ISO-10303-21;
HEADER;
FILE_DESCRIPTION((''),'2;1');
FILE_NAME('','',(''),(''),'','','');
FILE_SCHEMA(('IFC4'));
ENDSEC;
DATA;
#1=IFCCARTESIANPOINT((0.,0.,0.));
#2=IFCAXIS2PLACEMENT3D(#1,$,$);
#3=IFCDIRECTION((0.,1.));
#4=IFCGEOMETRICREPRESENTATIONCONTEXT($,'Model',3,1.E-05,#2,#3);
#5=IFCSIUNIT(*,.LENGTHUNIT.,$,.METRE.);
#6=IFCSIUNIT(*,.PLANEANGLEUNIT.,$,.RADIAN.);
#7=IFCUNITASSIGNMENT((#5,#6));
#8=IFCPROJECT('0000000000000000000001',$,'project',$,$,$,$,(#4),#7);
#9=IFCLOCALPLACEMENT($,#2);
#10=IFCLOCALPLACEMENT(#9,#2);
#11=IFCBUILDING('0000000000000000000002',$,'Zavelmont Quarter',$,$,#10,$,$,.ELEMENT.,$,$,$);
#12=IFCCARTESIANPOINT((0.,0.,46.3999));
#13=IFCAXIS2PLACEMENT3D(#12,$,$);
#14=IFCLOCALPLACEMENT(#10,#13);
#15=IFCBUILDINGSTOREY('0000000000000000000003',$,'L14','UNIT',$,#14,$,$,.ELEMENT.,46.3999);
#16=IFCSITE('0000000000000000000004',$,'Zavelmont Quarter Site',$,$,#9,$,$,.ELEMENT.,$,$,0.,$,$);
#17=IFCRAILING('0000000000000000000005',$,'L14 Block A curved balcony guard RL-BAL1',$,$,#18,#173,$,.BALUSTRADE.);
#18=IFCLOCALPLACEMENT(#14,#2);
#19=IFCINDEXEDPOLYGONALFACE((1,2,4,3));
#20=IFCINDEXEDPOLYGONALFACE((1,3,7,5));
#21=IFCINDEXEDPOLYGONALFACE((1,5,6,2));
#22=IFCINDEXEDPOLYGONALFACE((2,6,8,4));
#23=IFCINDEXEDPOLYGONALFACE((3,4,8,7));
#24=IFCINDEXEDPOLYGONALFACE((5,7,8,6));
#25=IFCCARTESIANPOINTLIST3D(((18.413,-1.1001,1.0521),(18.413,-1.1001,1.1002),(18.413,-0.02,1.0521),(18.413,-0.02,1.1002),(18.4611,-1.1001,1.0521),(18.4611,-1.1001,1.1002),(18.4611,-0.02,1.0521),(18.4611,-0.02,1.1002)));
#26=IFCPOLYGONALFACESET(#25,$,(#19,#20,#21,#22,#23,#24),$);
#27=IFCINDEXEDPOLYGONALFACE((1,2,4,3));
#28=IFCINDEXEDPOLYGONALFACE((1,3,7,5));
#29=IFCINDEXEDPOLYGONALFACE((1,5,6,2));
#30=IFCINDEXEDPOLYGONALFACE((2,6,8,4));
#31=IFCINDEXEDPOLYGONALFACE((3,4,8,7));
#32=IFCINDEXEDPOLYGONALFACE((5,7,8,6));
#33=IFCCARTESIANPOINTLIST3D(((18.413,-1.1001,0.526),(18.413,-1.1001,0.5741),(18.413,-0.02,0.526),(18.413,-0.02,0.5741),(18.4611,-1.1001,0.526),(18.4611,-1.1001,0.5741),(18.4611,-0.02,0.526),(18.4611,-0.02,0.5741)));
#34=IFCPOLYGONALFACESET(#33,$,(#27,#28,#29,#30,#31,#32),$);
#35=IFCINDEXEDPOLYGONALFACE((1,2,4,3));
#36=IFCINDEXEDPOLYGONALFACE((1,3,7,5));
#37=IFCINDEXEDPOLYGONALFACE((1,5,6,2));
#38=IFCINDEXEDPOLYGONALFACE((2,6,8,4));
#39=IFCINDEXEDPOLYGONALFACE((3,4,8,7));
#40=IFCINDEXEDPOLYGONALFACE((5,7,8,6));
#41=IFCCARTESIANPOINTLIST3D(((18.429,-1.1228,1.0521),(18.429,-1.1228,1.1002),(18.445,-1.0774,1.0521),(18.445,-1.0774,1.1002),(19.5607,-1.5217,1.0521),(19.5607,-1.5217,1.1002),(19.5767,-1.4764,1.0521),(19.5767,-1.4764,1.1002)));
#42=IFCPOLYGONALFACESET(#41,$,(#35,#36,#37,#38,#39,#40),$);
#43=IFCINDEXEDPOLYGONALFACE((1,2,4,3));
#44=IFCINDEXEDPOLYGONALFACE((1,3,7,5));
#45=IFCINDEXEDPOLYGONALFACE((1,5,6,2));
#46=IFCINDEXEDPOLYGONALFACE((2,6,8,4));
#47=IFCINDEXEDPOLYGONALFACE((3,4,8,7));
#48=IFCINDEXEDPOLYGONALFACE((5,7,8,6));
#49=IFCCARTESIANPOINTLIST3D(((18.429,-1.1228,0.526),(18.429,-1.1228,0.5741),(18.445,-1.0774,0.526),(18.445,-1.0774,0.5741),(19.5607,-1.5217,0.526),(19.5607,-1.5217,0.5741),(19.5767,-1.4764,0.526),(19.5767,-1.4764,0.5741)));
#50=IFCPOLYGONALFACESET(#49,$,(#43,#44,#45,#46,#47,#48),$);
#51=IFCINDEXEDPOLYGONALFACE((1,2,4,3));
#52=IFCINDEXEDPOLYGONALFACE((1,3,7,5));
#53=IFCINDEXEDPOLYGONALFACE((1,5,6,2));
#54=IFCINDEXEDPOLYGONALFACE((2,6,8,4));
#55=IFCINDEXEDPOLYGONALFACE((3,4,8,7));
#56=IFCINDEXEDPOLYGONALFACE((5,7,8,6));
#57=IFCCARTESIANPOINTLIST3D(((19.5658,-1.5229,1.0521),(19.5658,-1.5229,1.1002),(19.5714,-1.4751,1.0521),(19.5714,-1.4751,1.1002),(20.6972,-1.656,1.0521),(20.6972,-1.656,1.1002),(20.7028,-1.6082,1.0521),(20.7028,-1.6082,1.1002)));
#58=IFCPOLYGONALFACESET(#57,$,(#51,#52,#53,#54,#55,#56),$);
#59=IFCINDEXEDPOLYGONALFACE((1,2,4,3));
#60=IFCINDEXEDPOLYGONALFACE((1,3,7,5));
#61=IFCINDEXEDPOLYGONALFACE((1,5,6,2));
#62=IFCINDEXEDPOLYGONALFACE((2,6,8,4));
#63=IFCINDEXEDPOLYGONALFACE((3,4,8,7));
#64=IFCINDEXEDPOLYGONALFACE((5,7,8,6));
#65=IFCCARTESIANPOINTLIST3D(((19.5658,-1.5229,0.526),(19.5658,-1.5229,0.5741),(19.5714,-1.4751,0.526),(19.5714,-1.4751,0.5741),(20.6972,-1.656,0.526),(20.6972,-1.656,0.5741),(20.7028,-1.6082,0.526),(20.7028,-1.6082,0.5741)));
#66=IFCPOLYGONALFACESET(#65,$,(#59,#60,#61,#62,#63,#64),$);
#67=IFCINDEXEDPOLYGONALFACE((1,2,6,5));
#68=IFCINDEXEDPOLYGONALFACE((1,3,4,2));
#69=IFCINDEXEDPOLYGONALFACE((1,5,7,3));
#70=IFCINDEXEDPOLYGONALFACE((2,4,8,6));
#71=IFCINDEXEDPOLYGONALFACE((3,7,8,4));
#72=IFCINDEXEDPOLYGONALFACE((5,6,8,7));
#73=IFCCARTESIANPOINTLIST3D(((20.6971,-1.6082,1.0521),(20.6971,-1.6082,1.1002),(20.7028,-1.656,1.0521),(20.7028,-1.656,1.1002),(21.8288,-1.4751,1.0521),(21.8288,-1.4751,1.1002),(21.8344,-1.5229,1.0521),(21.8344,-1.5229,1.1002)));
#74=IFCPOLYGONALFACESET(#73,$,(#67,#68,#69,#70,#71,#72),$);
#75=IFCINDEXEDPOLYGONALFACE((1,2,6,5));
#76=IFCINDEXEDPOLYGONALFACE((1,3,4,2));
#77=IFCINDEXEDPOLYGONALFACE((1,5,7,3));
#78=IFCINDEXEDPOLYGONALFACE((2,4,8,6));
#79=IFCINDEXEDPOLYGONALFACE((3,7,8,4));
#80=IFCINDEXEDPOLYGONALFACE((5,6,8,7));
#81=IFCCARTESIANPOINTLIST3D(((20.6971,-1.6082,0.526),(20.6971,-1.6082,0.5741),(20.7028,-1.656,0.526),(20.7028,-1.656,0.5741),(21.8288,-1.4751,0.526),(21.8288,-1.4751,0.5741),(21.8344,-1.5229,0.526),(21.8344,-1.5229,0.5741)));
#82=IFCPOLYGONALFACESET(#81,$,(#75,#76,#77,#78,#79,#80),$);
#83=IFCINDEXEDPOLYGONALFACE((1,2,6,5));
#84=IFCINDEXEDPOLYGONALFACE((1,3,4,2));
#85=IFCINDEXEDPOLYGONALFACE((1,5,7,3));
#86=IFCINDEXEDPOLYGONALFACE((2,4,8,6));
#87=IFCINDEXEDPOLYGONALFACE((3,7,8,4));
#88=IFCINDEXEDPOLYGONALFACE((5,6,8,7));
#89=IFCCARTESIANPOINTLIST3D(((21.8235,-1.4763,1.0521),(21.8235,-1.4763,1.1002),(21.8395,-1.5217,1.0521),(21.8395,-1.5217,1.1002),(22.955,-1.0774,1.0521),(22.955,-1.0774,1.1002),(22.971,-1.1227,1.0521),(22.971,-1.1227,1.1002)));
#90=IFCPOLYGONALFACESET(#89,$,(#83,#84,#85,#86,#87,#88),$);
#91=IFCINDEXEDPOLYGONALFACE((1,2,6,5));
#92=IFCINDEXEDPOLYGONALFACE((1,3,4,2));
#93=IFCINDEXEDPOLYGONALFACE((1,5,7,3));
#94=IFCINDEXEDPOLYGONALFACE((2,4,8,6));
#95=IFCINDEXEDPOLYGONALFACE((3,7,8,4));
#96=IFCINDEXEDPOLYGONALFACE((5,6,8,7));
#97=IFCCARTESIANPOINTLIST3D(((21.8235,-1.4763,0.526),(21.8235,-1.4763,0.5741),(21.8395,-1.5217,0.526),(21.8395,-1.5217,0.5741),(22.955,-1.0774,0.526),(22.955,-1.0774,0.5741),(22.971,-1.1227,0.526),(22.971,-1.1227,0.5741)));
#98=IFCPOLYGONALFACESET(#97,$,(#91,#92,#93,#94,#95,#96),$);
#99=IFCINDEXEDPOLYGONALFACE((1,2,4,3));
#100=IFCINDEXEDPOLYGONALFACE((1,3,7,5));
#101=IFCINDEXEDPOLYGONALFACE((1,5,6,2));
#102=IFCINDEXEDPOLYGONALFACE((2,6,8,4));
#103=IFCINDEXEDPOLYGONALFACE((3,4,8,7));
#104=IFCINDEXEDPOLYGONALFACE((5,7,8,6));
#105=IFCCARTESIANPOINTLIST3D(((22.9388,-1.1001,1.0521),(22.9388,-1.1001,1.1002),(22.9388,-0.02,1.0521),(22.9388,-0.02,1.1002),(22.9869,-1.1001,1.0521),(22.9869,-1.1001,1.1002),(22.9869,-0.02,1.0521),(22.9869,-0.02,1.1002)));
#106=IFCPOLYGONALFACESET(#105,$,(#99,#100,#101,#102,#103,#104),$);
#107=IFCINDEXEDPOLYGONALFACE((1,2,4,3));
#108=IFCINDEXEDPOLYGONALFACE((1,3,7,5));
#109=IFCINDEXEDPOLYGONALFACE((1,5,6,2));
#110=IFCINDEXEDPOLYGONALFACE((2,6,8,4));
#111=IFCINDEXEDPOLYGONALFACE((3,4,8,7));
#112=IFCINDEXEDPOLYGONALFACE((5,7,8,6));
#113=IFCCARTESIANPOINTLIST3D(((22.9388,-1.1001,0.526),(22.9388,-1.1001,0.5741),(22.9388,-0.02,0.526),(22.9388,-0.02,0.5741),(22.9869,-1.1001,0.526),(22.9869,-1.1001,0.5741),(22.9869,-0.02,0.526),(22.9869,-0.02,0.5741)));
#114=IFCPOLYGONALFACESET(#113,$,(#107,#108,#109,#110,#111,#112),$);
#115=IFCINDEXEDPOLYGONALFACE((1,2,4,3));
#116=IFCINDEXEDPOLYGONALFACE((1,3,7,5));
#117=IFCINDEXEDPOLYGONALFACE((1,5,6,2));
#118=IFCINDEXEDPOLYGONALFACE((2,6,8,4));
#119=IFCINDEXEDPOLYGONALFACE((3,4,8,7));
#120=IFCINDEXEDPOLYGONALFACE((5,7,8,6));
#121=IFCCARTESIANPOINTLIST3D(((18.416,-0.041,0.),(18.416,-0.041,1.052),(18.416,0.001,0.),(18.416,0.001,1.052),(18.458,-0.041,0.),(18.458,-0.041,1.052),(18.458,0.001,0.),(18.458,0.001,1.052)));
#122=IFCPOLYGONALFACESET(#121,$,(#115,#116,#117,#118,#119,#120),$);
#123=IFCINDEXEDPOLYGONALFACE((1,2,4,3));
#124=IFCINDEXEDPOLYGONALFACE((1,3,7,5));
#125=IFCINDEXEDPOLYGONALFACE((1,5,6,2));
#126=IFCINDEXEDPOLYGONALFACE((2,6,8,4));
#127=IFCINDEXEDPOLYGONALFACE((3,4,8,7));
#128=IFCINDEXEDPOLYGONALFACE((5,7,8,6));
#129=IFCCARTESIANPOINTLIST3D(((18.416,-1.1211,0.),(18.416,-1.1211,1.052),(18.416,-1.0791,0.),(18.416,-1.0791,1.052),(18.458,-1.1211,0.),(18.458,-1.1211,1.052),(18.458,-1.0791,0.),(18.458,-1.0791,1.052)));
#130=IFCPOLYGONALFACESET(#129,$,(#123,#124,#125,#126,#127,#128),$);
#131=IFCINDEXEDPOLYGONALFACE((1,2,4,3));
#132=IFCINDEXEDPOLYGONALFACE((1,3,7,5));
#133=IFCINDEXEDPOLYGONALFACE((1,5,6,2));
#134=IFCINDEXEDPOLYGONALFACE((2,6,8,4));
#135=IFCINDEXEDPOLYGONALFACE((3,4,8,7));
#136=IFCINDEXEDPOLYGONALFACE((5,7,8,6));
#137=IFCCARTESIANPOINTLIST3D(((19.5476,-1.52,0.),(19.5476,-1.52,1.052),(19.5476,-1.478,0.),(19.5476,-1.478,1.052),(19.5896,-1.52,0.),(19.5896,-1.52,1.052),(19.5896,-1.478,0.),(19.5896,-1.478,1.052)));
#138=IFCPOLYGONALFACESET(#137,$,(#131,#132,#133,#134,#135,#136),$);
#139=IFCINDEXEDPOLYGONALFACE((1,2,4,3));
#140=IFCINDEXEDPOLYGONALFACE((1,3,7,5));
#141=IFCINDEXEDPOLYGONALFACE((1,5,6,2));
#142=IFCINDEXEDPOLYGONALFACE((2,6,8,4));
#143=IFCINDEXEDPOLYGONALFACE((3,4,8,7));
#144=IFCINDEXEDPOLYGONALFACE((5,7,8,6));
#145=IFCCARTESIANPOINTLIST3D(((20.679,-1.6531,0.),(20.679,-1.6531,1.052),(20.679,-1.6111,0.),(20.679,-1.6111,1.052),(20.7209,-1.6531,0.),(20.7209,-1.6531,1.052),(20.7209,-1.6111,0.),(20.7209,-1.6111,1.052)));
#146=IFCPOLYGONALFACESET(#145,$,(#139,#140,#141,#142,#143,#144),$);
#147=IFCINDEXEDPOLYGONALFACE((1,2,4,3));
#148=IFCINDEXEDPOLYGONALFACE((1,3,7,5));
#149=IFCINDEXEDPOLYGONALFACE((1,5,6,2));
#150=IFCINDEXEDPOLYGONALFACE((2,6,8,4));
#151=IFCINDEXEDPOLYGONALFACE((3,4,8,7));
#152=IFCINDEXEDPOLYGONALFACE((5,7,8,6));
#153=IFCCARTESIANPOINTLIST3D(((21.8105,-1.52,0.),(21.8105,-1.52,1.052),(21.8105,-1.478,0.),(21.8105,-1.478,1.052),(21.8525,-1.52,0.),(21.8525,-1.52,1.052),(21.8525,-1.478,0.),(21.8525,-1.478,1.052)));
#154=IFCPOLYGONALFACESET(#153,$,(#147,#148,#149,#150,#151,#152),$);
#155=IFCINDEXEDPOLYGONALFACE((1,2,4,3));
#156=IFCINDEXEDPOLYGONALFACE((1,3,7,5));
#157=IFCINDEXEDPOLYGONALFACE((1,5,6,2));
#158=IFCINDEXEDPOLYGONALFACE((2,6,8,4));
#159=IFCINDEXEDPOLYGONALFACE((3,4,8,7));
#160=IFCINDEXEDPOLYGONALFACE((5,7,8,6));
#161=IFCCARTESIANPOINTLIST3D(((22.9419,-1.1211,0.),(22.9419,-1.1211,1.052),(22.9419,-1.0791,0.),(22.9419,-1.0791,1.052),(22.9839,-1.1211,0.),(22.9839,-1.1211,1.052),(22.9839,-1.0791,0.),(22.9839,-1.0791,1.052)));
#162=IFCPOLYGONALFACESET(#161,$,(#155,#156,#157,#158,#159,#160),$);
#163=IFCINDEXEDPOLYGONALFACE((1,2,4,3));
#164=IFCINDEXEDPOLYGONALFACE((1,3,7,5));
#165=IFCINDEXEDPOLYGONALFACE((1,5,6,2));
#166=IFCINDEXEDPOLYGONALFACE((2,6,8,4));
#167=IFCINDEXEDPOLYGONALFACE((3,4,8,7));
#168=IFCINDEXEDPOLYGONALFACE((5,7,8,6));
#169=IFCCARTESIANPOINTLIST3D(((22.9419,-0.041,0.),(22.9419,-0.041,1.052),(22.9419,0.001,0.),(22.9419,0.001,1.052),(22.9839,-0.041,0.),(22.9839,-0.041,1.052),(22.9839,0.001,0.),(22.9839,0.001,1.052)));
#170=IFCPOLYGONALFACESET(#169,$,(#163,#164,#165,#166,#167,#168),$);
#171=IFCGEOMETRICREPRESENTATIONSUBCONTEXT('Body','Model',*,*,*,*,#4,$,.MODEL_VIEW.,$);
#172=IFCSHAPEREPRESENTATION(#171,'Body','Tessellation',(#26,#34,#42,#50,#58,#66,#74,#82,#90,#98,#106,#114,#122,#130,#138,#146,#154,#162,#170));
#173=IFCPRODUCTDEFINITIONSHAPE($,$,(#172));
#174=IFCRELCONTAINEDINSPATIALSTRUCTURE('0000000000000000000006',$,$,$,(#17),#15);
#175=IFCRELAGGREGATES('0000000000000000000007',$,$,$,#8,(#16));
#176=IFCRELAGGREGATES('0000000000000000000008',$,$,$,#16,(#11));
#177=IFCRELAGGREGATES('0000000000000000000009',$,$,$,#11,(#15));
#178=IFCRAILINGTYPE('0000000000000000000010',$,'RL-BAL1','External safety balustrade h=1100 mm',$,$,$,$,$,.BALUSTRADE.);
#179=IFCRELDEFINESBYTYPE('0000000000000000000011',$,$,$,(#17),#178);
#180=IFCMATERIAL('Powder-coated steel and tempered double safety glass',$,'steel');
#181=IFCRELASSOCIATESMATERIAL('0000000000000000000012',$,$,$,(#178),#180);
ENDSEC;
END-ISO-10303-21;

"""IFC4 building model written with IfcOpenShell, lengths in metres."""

from ifc_helpers import new_model, si_unit, direction, frame, origin, origin_2d, place, context, subcontext, project, spatial, rectangle, extrude, material, type_object, element, save


model = new_model("IFC4")

# Units and contexts
model_context = context("Model", 3, precision=1e-05, world=origin(), true_north=direction((0.0, 1.0)))
body_context = subcontext(model_context, "Body", "Model", "MODEL_VIEW")
ifc_project = project(units=[si_unit("LENGTHUNIT", "METRE"), si_unit("PLANEANGLEUNIT", "RADIAN")], contexts=[model_context])

# Site, building, storey
site_placement = place(None, origin())
site = spatial("IfcSite", under=ifc_project, at=site_placement, Name="Zavelmont Quarter Site", CompositionType="ELEMENT", RefElevation=0.0)
building_placement = place(site_placement, origin())
building = spatial("IfcBuilding", under=site, at=building_placement, Name="Zavelmont Quarter", CompositionType="ELEMENT")
storey_placement = place(building_placement, frame((0.0, 0.0, 46.3999)))
storey = spatial("IfcBuildingStorey", under=building, at=storey_placement, Name="L14", Description="UNIT", CompositionType="ELEMENT", Elevation=46.3999)

# Railing
ifc_material_1 = material(Name="Powder-coated steel and tempered double safety glass", Category="steel")
railing_type = type_object("IfcRailingType", Name="RL-BAL1", Description="External safety balustrade h=1100 mm", PredefinedType="BALUSTRADE", material=ifc_material_1)
railing_placement = place(storey_placement, frame((18.437, -0.02, 0.0)))
element("IfcRailing", 1, at=railing_placement, inside=storey, type_object=railing_type, Name="L14 Block A curved balcony guard RL-BAL1", PredefinedType="BALUSTRADE", context=body_context, shape_type="SweptSolid", body=[
    extrude(rectangle(XDim=0.0481, YDim=0.0481, at=origin_2d()), frame((0.0, 0.0, 1.0762), z_axis=(0.0, -1.0, 0.0), x_axis=(1.0, 0.0, 0.0)), (0.0, 0.0, 1.0), 1.0801),
    extrude(rectangle(XDim=0.0481, YDim=0.0481, at=origin_2d()), frame((0.0, 0.0, 0.55), z_axis=(0.0, -1.0, 0.0), x_axis=(1.0, 0.0, 0.0)), (0.0, 0.0, 1.0), 1.0801),
    extrude(rectangle(XDim=0.0481, YDim=0.0481, at=origin_2d()), frame((0.0, -1.0801, 1.0762), z_axis=(0.94311, -0.33248, 0.0), x_axis=(0.33248, 0.94311, 0.0)), (0.0, 0.0, 1.0), 1.2),
    extrude(rectangle(XDim=0.0481, YDim=0.0481, at=origin_2d()), frame((0.0, -1.0801, 0.55), z_axis=(0.94311, -0.33248, 0.0), x_axis=(0.33248, 0.94311, 0.0)), (0.0, 0.0, 1.0), 1.2),
    extrude(rectangle(XDim=0.0481, YDim=0.0481, at=origin_2d()), frame((1.1316, -1.479, 1.0762), z_axis=(0.993155, -0.116804, 0.0), x_axis=(0.116804, 0.993155, 0.0)), (0.0, 0.0, 1.0), 1.1392),
    extrude(rectangle(XDim=0.0481, YDim=0.0481, at=origin_2d()), frame((1.1316, -1.479, 0.55), z_axis=(0.993155, -0.116804, 0.0), x_axis=(0.116804, 0.993155, 0.0)), (0.0, 0.0, 1.0), 1.1392),
    extrude(rectangle(XDim=0.0481, YDim=0.0481, at=origin_2d()), frame((2.2629, -1.6121, 1.0762), z_axis=(0.993158, 0.116779, 0.0), x_axis=(-0.116779, 0.993158, 0.0)), (0.0, 0.0, 1.0), 1.1394),
    extrude(rectangle(XDim=0.0481, YDim=0.0481, at=origin_2d()), frame((2.2629, -1.6121, 0.55), z_axis=(0.993158, 0.116779, 0.0), x_axis=(-0.116779, 0.993158, 0.0)), (0.0, 0.0, 1.0), 1.1394),
    extrude(rectangle(XDim=0.0481, YDim=0.0481, at=origin_2d()), frame((3.3945, -1.479, 1.0762), z_axis=(0.943088, 0.332543, 0.0), x_axis=(-0.332543, 0.943088, 0.0)), (0.0, 0.0, 1.0), 1.1997),
    extrude(rectangle(XDim=0.0481, YDim=0.0481, at=origin_2d()), frame((3.3945, -1.479, 0.55), z_axis=(0.943088, 0.332543, 0.0), x_axis=(-0.332543, 0.943088, 0.0)), (0.0, 0.0, 1.0), 1.1997),
    extrude(rectangle(XDim=0.0481, YDim=0.0481, at=origin_2d()), frame((4.5259, -1.0801, 1.0762), z_axis=(0.0, 1.0, 0.0), x_axis=(-1.0, 0.0, 0.0)), (0.0, 0.0, 1.0), 1.0801),
    extrude(rectangle(XDim=0.0481, YDim=0.0481, at=origin_2d()), frame((4.5259, -1.0801, 0.55), z_axis=(0.0, 1.0, 0.0), x_axis=(-1.0, 0.0, 0.0)), (0.0, 0.0, 1.0), 1.0801),
    extrude(rectangle(XDim=0.042, YDim=0.042, at=origin_2d()), origin(), (0.0, 0.0, 1.0), 1.052),
    extrude(rectangle(XDim=0.042, YDim=0.042, at=origin_2d()), frame((0.0, -1.0801, 0.0)), (0.0, 0.0, 1.0), 1.052),
    extrude(rectangle(XDim=0.042, YDim=0.042, at=origin_2d()), frame((1.1316, -1.479, 0.0)), (0.0, 0.0, 1.0), 1.052),
    extrude(rectangle(XDim=0.042, YDim=0.042, at=origin_2d()), frame((2.2629, -1.6121, 0.0)), (0.0, 0.0, 1.0), 1.052),
    extrude(rectangle(XDim=0.042, YDim=0.042, at=origin_2d()), frame((3.3945, -1.479, 0.0)), (0.0, 0.0, 1.0), 1.052),
    extrude(rectangle(XDim=0.042, YDim=0.042, at=origin_2d()), frame((4.5259, -1.0801, 0.0)), (0.0, 0.0, 1.0), 1.052),
    extrude(rectangle(XDim=0.042, YDim=0.042, at=origin_2d()), frame((4.5259, 0.0, 0.0)), (0.0, 0.0, 1.0), 1.052),
])

save(model, "model.ifc")
